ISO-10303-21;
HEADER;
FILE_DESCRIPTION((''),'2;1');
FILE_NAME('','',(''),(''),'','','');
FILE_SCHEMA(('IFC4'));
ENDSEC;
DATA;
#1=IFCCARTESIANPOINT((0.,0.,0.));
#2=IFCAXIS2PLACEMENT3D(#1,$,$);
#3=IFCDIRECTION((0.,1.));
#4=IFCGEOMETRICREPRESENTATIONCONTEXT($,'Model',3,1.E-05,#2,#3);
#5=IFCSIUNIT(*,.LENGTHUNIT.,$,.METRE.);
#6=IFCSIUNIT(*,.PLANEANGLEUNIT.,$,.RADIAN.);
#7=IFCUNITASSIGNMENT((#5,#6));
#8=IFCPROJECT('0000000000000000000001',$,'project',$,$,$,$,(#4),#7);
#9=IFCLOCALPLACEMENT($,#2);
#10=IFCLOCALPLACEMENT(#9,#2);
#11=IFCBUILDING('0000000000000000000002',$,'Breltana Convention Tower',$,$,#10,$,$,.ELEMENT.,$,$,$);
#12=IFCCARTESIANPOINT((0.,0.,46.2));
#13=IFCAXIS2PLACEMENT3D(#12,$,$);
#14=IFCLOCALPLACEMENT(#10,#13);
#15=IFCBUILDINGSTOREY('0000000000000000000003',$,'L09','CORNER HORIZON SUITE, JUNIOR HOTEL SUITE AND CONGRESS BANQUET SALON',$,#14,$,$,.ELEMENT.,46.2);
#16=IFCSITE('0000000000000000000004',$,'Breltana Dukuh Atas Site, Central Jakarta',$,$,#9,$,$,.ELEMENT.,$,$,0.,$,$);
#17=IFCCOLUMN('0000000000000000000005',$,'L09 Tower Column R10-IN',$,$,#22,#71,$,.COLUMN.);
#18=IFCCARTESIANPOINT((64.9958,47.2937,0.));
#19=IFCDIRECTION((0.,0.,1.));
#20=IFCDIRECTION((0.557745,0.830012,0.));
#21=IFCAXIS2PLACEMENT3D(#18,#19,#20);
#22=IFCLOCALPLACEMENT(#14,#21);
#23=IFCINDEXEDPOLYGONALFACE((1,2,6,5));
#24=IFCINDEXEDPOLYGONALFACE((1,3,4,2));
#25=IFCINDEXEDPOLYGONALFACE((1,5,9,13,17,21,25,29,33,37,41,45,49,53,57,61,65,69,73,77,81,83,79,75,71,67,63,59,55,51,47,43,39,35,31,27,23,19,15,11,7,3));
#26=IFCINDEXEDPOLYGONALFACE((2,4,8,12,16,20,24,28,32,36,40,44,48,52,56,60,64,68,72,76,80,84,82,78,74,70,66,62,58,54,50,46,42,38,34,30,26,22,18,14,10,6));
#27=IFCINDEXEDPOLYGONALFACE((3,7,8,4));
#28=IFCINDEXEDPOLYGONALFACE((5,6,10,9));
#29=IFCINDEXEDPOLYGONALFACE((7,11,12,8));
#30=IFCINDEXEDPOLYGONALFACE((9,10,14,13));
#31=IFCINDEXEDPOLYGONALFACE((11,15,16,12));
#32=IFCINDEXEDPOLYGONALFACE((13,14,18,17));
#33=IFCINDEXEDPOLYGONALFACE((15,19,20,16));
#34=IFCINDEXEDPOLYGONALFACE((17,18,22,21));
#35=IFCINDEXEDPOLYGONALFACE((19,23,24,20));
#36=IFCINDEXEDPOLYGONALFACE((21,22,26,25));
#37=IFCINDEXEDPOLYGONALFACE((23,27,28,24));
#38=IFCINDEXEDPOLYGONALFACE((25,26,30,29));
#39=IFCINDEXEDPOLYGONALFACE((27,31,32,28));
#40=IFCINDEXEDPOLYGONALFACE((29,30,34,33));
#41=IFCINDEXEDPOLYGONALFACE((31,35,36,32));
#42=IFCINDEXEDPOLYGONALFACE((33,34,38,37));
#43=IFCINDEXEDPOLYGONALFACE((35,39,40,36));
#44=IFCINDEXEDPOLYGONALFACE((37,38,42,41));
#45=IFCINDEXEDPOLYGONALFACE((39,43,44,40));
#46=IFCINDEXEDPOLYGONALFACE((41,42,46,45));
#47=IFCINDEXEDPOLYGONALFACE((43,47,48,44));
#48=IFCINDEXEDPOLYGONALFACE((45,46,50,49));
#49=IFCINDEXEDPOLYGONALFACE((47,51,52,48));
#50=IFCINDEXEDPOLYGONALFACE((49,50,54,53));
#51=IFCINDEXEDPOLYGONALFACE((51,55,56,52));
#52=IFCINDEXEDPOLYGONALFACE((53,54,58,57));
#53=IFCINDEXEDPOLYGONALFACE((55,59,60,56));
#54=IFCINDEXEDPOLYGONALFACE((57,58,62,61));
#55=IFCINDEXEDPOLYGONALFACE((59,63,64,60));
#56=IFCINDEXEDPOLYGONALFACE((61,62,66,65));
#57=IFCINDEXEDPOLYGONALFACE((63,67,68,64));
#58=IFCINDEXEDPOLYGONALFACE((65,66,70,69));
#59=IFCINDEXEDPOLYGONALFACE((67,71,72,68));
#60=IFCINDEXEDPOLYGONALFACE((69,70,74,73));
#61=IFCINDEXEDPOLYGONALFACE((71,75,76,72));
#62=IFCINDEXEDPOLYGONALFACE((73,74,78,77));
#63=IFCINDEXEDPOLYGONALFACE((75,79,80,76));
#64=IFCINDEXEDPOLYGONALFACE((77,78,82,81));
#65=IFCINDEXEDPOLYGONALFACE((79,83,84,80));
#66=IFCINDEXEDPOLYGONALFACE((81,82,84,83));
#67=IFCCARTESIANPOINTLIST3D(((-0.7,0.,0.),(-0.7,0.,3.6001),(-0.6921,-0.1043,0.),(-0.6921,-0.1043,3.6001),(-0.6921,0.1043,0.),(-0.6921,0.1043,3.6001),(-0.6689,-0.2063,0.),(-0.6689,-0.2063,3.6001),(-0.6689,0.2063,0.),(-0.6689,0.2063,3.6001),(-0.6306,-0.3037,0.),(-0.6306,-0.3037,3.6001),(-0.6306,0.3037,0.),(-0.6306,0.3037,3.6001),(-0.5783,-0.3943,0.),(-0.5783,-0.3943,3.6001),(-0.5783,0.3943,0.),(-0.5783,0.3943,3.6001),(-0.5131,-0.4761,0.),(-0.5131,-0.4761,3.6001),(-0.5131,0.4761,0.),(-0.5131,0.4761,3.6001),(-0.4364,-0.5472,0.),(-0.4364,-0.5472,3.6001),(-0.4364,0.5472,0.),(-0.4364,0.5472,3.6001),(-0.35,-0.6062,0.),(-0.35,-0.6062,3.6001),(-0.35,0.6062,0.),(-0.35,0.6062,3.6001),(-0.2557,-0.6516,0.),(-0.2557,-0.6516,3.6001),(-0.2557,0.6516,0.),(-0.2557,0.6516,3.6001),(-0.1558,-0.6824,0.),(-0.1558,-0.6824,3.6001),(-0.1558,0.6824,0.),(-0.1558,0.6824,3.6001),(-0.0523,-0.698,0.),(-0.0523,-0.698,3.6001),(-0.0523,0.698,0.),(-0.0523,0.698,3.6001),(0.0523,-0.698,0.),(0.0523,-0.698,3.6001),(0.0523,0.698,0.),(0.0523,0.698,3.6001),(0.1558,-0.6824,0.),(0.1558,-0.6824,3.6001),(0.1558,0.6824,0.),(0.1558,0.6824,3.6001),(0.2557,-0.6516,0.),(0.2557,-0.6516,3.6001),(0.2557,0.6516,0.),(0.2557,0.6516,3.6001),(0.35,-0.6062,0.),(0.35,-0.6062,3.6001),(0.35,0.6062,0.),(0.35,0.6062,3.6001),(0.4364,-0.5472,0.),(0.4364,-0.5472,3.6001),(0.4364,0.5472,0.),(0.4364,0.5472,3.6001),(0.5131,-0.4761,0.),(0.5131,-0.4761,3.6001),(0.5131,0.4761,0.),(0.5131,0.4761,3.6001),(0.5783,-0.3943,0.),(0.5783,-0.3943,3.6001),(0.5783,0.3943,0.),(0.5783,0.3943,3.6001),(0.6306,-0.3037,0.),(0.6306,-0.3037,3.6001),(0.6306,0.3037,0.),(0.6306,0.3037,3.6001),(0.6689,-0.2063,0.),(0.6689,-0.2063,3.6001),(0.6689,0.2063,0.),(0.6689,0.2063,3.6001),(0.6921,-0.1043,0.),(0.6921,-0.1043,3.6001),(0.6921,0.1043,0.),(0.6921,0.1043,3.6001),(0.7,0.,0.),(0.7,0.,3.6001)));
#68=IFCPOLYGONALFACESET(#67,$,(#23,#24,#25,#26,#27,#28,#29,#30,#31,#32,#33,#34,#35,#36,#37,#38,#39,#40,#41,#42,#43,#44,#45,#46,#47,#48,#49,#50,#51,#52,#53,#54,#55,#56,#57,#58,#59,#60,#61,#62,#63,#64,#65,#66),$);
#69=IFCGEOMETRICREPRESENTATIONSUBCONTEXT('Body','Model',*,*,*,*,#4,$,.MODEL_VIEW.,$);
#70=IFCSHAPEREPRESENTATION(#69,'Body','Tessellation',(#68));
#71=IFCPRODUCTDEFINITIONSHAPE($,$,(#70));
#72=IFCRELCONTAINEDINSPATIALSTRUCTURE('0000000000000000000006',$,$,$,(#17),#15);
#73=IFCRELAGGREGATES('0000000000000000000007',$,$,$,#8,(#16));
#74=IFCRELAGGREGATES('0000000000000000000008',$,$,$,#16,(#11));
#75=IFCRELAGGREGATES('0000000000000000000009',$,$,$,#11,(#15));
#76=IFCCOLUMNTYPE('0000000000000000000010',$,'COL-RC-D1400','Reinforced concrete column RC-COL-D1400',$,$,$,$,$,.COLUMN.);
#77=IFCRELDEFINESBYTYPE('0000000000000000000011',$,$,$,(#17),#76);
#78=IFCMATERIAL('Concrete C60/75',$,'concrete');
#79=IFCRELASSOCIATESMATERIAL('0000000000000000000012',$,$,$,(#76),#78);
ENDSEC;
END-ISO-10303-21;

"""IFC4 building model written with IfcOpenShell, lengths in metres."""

from ifc_helpers import new_model, si_unit, direction, frame, origin, origin_2d, place, context, subcontext, project, spatial, circle, extrude, source, transform, mapped, material, material_profile, profile_set, type_object, element, save


model = new_model("IFC4")

# Units and contexts
model_context = context("Model", 3, precision=1e-05, world=origin(), true_north=direction((0.0, 1.0)))
body_context = subcontext(model_context, "Body", "Model", "MODEL_VIEW")
ifc_project = project(units=[si_unit("LENGTHUNIT", "METRE"), si_unit("PLANEANGLEUNIT", "RADIAN")], contexts=[model_context])

# Site, building, storey
site_placement = place(None, origin())
site = spatial("IfcSite", under=ifc_project, at=site_placement, Name="Breltana Dukuh Atas Site, Central Jakarta", CompositionType="ELEMENT", RefElevation=0.0)
building_placement = place(site_placement, origin())
building = spatial("IfcBuilding", under=site, at=building_placement, Name="Breltana Convention Tower", CompositionType="ELEMENT")
storey_placement = place(building_placement, frame((0.0, 0.0, 46.2)))
storey = spatial("IfcBuildingStorey", under=building, at=storey_placement, Name="L09", Description="CORNER HORIZON SUITE, JUNIOR HOTEL SUITE AND CONGRESS BANQUET SALON", CompositionType="ELEMENT", Elevation=46.2)

# Column
ifc_material_1 = material(Name="Concrete C60/75", Category="concrete")
ifc_material_profile_1 = material_profile(ifc_material_1, circle(Radius=0.7, at=origin_2d()), Name="RC-COL-D1400")
ifc_profile_set_1 = profile_set([ifc_material_profile_1], Name="Concrete C60/75")
column_type = type_object("IfcColumnType", Name="COL-RC-D1400", Description="Reinforced concrete column RC-COL-D1400", PredefinedType="COLUMN", material=ifc_profile_set_1)
shared_shape_1 = source(origin(), body_context, "Body", "SweptSolid", [
    extrude(circle(Radius=0.7, at=origin_2d()), origin(), (0.0, 0.0, 1.0), 3.6001),
])
column_placement = place(storey_placement, frame((64.9958, 47.2937, 0.0), z_axis=(0.0, 0.0, 1.0), x_axis=(0.557745, 0.830012, 0.0)))
element("IfcColumn", 1, at=column_placement, inside=storey, type_object=column_type, Name="L09 Tower Column R10-IN", PredefinedType="COLUMN", context=body_context, shape_type="MappedRepresentation", body=[
    mapped(shared_shape_1, transform((0.0, 0.0, 0.0), scale=1.0)),
])

save(model, "model.ifc")
